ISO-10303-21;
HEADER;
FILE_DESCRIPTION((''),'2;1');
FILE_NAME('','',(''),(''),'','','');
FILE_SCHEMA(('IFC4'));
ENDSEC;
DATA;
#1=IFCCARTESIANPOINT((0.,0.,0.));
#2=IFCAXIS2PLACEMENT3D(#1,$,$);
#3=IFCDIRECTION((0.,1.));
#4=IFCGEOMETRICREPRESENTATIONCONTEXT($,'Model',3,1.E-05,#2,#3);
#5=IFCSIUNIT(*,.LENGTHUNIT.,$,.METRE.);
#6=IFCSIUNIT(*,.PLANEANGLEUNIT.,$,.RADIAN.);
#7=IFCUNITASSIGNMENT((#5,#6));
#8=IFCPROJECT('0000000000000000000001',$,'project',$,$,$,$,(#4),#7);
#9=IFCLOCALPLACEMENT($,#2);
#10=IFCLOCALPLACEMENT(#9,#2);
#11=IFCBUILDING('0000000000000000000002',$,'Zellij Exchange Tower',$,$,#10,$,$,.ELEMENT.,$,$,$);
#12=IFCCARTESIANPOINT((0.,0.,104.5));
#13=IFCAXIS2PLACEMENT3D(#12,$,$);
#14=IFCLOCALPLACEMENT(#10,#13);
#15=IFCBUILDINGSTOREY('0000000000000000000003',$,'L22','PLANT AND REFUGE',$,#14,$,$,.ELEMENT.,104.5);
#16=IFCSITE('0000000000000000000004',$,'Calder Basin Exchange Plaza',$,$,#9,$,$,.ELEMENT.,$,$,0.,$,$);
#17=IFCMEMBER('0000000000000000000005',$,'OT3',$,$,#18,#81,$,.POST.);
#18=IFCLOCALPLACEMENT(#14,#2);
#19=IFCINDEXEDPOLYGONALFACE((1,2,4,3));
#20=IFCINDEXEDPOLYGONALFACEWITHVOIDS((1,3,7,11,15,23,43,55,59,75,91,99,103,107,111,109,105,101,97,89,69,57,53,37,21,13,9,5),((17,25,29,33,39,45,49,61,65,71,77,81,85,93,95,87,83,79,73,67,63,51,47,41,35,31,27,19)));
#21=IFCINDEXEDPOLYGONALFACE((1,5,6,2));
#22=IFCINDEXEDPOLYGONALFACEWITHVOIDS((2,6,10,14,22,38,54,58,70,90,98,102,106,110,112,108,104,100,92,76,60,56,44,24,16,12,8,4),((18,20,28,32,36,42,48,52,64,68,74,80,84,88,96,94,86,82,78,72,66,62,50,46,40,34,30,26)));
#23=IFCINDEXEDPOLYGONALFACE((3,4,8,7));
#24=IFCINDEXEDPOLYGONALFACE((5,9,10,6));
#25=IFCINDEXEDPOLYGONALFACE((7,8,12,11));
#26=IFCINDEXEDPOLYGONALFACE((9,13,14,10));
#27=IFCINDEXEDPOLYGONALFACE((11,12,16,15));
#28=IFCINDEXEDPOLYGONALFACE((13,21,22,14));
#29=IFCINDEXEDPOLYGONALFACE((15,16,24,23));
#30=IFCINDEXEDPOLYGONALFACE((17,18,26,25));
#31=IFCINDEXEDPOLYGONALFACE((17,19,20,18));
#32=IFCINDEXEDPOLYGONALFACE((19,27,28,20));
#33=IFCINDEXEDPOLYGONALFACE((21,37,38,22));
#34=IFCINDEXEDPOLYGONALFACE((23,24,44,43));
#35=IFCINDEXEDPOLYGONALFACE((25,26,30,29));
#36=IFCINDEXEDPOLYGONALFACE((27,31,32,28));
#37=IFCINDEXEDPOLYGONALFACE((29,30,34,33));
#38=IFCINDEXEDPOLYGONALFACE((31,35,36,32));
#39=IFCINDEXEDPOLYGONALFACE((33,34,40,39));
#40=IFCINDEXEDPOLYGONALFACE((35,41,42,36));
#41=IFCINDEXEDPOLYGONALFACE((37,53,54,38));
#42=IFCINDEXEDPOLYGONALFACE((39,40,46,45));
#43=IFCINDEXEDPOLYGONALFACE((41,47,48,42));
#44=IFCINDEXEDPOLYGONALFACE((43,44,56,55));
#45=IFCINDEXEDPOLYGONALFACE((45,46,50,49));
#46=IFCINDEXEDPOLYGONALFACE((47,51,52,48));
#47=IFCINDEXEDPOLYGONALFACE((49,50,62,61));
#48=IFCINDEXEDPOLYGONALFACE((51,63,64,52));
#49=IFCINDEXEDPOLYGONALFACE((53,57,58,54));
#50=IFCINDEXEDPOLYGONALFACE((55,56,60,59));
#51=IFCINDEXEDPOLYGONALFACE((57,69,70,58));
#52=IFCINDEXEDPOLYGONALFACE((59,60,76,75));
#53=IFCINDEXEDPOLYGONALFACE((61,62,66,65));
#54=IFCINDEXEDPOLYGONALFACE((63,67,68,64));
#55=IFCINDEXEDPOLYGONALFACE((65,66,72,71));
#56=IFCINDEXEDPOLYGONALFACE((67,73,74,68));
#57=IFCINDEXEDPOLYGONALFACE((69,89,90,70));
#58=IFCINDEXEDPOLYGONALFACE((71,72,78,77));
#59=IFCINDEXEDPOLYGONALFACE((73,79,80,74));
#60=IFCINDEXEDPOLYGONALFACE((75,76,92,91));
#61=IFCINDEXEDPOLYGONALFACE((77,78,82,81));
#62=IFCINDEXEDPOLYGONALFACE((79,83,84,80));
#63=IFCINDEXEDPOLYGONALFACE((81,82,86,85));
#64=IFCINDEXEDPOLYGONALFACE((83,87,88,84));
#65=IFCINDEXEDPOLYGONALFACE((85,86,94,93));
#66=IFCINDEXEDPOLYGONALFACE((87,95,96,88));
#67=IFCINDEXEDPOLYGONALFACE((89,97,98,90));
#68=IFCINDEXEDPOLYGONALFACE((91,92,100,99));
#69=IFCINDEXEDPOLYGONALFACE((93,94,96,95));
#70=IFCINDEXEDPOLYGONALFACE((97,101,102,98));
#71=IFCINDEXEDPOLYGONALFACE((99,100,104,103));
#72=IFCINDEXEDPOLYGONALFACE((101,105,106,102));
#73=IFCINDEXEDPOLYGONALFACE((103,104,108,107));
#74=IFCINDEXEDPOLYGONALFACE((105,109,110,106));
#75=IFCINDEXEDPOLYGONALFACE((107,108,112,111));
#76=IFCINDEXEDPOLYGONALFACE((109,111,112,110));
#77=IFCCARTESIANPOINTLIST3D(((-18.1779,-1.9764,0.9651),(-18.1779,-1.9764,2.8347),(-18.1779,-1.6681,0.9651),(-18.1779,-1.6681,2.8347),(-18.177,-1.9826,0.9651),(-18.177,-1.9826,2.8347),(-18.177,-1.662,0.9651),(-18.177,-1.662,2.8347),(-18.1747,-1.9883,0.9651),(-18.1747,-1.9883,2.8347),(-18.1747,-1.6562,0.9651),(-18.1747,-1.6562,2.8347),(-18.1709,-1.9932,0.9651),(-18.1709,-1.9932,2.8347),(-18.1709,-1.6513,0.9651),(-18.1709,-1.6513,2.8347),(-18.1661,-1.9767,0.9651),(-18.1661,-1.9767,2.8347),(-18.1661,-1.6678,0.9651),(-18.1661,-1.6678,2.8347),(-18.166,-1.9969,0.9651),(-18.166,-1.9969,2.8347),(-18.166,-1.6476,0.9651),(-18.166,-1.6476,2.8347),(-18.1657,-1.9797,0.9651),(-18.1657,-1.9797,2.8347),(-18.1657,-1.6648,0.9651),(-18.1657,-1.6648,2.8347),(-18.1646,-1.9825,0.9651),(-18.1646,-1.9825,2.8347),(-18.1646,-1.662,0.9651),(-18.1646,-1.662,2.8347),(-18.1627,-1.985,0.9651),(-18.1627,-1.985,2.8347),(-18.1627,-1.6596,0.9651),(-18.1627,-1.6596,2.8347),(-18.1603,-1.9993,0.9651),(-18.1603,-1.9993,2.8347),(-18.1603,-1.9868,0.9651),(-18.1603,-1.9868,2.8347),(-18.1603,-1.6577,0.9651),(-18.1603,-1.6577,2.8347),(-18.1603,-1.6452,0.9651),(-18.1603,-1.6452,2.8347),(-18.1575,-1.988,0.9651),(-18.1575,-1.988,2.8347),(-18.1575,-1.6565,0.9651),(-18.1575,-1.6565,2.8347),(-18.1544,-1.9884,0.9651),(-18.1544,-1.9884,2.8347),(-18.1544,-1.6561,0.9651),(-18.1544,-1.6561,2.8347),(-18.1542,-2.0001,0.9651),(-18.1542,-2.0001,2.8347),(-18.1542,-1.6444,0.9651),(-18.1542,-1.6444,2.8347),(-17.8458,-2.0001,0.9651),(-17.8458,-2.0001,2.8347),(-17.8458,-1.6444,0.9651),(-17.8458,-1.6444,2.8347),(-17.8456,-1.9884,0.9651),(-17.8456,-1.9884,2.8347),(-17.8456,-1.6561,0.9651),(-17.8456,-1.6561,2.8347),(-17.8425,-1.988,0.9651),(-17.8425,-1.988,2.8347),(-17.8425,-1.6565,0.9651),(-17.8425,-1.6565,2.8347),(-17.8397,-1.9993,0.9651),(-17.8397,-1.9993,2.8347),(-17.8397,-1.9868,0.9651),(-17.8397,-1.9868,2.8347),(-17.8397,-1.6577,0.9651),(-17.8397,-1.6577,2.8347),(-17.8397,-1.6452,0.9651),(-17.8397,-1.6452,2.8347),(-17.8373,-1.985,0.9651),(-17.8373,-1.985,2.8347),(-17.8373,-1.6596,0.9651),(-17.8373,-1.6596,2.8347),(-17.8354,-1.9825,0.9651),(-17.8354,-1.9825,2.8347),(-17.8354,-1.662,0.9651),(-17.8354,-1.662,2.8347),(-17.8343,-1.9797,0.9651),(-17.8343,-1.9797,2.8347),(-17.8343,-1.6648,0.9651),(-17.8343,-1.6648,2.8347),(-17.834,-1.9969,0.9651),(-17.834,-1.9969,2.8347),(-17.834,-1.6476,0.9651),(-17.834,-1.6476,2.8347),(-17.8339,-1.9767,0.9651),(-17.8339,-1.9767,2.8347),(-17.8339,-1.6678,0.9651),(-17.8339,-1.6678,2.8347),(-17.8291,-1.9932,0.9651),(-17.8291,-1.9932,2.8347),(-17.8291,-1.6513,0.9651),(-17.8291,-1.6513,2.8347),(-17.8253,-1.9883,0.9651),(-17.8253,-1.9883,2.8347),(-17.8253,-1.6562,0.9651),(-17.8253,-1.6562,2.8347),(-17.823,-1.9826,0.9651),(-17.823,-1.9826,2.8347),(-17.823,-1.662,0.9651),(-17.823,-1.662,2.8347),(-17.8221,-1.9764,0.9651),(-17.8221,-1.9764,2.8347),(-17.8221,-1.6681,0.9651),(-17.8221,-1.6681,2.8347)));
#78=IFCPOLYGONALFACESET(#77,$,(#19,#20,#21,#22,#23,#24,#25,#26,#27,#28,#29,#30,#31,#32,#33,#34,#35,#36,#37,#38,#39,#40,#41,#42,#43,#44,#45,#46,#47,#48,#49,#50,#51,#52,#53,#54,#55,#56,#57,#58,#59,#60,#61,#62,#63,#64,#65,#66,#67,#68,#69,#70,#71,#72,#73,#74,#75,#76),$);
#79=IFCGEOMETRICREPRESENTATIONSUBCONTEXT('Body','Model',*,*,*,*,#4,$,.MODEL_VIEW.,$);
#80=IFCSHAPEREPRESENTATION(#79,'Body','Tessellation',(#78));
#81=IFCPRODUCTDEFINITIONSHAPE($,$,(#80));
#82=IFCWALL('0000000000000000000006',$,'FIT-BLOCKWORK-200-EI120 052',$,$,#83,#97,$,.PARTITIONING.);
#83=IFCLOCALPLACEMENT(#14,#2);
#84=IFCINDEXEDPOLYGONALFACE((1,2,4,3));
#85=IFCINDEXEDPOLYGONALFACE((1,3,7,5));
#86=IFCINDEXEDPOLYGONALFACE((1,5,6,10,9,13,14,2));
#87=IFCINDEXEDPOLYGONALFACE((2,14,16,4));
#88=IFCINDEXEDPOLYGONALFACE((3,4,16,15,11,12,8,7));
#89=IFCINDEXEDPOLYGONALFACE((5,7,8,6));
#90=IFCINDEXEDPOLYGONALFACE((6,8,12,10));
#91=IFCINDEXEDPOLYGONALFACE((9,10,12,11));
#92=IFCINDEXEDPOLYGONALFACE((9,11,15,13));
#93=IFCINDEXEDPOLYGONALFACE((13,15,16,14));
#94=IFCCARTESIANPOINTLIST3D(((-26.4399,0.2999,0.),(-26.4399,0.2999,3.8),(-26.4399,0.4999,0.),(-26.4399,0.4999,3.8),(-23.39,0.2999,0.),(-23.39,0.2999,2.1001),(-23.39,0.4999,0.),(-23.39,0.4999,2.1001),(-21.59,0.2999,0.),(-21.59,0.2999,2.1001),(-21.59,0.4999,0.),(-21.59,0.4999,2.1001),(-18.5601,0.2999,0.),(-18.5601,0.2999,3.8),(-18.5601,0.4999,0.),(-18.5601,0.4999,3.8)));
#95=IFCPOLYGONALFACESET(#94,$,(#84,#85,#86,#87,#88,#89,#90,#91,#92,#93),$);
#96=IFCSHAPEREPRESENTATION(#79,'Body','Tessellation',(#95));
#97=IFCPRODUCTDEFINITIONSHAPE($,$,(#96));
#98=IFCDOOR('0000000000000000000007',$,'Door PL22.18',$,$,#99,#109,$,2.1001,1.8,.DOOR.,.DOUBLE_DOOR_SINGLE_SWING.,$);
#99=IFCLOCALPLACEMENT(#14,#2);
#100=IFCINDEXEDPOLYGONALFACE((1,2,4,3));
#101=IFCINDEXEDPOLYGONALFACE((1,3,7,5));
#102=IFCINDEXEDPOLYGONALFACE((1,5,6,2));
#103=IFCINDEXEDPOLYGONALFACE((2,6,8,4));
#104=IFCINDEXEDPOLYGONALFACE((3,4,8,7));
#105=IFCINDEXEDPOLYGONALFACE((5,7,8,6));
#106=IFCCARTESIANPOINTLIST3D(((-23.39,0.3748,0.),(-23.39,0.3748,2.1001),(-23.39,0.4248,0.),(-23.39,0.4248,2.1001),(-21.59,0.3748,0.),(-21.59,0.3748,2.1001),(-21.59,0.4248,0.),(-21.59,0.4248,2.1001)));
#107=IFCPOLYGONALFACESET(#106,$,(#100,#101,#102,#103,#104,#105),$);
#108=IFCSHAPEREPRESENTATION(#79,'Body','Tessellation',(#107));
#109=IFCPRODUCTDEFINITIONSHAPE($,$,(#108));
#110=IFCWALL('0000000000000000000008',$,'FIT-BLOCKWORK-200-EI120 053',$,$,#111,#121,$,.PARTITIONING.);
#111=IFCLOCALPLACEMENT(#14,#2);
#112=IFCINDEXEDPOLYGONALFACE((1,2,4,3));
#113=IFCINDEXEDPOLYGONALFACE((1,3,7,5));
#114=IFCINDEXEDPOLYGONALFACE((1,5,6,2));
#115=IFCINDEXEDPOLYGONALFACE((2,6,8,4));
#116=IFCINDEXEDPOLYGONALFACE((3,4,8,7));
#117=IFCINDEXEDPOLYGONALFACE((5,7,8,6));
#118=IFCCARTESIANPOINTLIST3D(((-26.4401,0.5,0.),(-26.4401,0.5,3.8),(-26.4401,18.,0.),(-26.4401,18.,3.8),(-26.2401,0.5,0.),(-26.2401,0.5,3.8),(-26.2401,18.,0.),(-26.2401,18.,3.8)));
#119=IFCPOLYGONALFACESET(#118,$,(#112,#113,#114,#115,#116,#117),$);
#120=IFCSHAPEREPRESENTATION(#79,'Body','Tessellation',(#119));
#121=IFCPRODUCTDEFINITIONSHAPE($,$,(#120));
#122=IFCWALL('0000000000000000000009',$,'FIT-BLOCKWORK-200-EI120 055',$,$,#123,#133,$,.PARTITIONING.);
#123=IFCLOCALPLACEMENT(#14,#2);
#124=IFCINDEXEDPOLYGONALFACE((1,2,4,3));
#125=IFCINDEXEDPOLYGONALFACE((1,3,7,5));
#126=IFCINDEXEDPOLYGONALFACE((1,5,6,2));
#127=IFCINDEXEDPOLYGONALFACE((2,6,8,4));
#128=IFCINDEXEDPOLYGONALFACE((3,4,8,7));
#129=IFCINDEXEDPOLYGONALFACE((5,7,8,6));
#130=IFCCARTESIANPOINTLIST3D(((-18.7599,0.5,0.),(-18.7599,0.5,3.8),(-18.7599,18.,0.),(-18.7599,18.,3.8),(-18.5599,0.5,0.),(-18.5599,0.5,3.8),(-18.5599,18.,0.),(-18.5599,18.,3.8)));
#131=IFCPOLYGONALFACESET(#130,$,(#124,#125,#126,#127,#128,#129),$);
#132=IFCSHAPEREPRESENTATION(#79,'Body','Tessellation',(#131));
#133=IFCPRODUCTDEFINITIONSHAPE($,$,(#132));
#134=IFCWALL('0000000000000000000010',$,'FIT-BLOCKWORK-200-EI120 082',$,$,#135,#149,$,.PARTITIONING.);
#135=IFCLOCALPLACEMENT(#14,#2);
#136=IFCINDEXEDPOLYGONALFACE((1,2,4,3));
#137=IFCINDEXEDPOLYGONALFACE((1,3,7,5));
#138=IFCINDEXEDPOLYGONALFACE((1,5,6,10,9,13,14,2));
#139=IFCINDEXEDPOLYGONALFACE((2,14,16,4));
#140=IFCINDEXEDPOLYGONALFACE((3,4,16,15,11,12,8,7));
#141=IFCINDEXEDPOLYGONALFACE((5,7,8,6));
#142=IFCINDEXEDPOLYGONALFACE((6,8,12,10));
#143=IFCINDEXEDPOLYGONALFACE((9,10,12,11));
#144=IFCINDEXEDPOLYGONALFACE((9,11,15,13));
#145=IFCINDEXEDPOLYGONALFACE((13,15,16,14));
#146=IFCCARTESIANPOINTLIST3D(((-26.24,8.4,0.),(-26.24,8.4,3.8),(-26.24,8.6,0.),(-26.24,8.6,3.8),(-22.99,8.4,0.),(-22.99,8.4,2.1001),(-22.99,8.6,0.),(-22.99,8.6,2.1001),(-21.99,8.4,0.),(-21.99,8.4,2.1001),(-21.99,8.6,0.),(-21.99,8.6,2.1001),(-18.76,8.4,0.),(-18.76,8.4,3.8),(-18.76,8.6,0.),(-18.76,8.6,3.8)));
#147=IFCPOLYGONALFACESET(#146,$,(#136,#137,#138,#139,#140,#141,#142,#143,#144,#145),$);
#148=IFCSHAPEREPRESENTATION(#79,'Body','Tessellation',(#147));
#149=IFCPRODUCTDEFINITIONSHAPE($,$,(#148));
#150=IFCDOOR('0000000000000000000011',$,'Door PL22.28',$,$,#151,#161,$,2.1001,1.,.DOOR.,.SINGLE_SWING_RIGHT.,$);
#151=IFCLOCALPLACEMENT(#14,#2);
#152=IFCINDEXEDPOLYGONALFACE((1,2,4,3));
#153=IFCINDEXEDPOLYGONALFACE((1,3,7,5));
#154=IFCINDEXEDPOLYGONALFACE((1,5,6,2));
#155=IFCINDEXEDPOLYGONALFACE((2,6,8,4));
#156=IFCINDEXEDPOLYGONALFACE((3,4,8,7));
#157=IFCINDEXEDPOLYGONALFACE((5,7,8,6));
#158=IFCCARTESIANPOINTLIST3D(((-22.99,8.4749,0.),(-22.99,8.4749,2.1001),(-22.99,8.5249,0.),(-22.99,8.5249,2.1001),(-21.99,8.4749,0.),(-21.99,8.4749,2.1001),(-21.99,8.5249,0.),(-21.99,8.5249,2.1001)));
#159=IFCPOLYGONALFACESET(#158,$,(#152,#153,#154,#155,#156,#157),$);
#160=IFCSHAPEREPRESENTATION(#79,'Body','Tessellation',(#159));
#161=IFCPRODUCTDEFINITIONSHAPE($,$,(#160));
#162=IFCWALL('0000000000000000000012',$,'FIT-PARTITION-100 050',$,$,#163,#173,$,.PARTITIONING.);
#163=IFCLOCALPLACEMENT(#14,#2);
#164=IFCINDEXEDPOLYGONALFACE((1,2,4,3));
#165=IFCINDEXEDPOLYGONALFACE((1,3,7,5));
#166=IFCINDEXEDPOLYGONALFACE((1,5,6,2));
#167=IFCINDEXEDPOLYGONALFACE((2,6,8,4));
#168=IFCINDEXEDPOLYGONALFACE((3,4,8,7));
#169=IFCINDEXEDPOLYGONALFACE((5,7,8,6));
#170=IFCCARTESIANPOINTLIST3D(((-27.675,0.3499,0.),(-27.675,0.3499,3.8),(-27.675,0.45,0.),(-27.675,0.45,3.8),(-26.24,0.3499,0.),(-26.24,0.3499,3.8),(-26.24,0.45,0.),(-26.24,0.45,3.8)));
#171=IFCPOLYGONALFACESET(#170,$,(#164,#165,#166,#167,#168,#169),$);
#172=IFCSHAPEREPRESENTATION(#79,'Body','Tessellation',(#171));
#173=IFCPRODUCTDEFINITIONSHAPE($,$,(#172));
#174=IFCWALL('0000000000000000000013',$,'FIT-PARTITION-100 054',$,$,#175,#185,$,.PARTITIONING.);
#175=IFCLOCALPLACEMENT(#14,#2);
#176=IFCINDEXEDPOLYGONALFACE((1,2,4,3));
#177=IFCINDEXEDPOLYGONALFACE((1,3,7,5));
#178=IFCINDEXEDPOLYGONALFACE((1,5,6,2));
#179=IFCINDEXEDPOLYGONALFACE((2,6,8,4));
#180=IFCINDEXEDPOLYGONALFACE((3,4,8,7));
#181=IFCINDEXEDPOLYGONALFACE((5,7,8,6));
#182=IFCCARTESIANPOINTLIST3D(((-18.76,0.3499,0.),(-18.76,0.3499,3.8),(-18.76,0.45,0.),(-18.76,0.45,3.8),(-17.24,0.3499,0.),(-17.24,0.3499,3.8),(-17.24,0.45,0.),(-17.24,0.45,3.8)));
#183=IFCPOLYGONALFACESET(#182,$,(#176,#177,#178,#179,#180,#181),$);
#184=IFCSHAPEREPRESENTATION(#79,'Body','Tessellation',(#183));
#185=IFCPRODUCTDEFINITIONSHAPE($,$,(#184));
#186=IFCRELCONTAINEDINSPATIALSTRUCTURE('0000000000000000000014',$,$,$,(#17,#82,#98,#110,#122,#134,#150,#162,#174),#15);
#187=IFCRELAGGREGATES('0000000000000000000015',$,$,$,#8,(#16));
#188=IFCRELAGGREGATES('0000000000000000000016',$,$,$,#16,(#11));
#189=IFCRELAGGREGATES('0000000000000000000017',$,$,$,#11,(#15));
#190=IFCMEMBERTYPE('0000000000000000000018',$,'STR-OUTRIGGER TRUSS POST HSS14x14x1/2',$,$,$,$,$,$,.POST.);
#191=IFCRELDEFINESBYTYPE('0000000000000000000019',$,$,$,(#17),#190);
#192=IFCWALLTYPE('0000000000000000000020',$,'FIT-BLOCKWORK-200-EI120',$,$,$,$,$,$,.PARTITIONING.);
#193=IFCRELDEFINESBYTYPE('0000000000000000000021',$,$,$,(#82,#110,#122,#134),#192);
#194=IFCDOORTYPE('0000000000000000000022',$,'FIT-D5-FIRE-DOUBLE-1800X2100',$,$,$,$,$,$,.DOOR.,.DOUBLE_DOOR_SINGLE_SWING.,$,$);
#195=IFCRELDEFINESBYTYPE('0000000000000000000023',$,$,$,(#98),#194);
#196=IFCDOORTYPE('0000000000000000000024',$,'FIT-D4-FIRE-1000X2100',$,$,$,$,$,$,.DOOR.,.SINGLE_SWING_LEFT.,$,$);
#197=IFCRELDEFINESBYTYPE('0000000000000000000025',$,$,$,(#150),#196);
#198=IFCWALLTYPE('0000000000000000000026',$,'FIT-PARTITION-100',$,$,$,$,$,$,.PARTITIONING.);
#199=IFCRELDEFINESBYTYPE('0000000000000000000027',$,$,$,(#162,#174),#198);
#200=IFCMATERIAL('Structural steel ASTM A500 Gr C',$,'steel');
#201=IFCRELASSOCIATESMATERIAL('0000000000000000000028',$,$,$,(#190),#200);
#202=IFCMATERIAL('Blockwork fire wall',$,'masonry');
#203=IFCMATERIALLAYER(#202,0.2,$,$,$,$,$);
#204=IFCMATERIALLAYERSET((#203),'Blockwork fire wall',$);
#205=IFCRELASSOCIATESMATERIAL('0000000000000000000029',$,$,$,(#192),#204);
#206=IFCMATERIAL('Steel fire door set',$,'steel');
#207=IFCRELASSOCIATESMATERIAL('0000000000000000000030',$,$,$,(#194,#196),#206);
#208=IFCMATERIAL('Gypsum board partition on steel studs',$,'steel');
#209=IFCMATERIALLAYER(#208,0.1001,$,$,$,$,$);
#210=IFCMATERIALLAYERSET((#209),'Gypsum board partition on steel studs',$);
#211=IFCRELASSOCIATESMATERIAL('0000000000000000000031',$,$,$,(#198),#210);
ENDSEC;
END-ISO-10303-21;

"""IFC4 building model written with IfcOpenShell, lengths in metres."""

from ifc_helpers import new_model, si_unit, direction, frame, frame_2d, origin, origin_2d, place, context, subcontext, project, spatial, rectangle, hollow_rectangle, extrude, material, layer, layer_set, material_profile, profile_set, type_object, element, fill, save


model = new_model("IFC4")

# Units and contexts
model_context = context("Model", 3, precision=1e-05, world=origin(), true_north=direction((0.0, 1.0)))
body_context = subcontext(model_context, "Body", "Model", "MODEL_VIEW")
ifc_project = project(units=[si_unit("LENGTHUNIT", "METRE"), si_unit("PLANEANGLEUNIT", "RADIAN")], contexts=[model_context])

# Site, building, storey
site_placement = place(None, origin())
site = spatial("IfcSite", under=ifc_project, at=site_placement, Name="Calder Basin Exchange Plaza", CompositionType="ELEMENT", RefElevation=0.0)
building_placement = place(site_placement, origin())
building = spatial("IfcBuilding", under=site, at=building_placement, Name="Zellij Exchange Tower", CompositionType="ELEMENT")
storey_placement = place(building_placement, frame((0.0, 0.0, 104.5)))
storey = spatial("IfcBuildingStorey", under=building, at=storey_placement, Name="L22", Description="PLANT AND REFUGE", CompositionType="ELEMENT", Elevation=104.5)

# Member
ifc_material_1 = material(Name="Structural steel ASTM A500 Gr C", Category="steel")
ifc_material_profile_1 = material_profile(ifc_material_1, hollow_rectangle(XDim=0.3557, YDim=0.3557, WallThickness=0.0117, InnerFilletRadius=0.0117, OuterFilletRadius=0.0237, at=origin_2d()), Name="STR-OUTRIGGER TRUSS POST HSS14x14x1/2")
ifc_profile_set_1 = profile_set([ifc_material_profile_1], Name="Structural steel ASTM A500 Gr C")
member_type_1 = type_object("IfcMemberType", Name="STR-OUTRIGGER TRUSS POST HSS14x14x1/2", PredefinedType="POST", material=ifc_profile_set_1)
for number, where, z_axis, x_axis, name in (
    (1, (-18.0, -1.8223, 0.9651), (0.0, 0.0, 1.0), (1.0, 0.0, 0.0), "OT3"),
):
    element("IfcMember", number, at=place(storey_placement, frame(where, z_axis=z_axis, x_axis=x_axis)), inside=storey, type_object=member_type_1, Name=name, PredefinedType="POST", context=body_context, shape_type="SweptSolid", body=[
        extrude(hollow_rectangle(XDim=0.3557, YDim=0.3557, WallThickness=0.0117, InnerFilletRadius=0.0117, OuterFilletRadius=0.0237, at=origin_2d()), origin(), (0.0, 0.0, 1.0), 1.8696),
    ])

# Wall, opening, door
ifc_material_2 = material(Name="Blockwork fire wall", Category="masonry")
ifc_layer_1 = layer(ifc_material_2, 0.2)
ifc_layer_set_1 = layer_set([ifc_layer_1], Name="Blockwork fire wall")
wall_type_1 = type_object("IfcWallType", Name="FIT-BLOCKWORK-200-EI120", PredefinedType="PARTITIONING", material=ifc_layer_set_1)
wall_1_placement = place(storey_placement, frame((-26.4399, 0.3999, 0.0), z_axis=(0.0, 0.0, 1.0), x_axis=(1.0, 0.0, 0.0)))
wall_1 = element("IfcWall", 2, at=wall_1_placement, inside=storey, type_object=wall_type_1, Name="FIT-BLOCKWORK-200-EI120 052", PredefinedType="PARTITIONING", context=body_context, shape_type="SweptSolid", body=[
    extrude(rectangle(XDim=7.8799, YDim=0.2, at=frame_2d((3.9399, 0.0))), origin(), (0.0, 0.0, 1.0), 3.8),
])
opening_1_placement = place(wall_1_placement, frame((3.05, 0.0, 0.0)))
opening_1 = element("IfcOpeningElement", 3, at=opening_1_placement, cuts=wall_1, PredefinedType="OPENING", context=body_context, shape_type="SweptSolid", body=[
    extrude(rectangle(XDim=1.8, YDim=2.1001, at=frame_2d((0.8999, 1.05))), frame((0.0, 0.1118, 0.0), z_axis=(0.0, -1.0, 0.0), x_axis=(1.0, 0.0, 0.0)), (0.0, 0.0, 1.0), 0.2239),
])
ifc_material_3 = material(Name="Steel fire door set", Category="steel")
door_type_1 = type_object("IfcDoorType", Name="FIT-D5-FIRE-DOUBLE-1800X2100", OperationType="DOUBLE_DOOR_SINGLE_SWING", PredefinedType="DOOR", material=ifc_material_3)
door_1_placement = place(opening_1_placement, origin())
door_1 = element("IfcDoor", 4, at=door_1_placement, inside=storey, type_object=door_type_1, Name="Door PL22.18", OperationType="DOUBLE_DOOR_SINGLE_SWING", OverallHeight=2.1001, OverallWidth=1.8, PredefinedType="DOOR", context=body_context, shape_type="SweptSolid", body=[
    extrude(rectangle(XDim=1.8, YDim=2.1001, at=frame_2d((0.8999, 1.05))), frame((0.0, 0.0249, 0.0), z_axis=(0.0, -1.0, 0.0), x_axis=(1.0, 0.0, 0.0)), (0.0, 0.0, 1.0), 0.05),
])
fill(opening_1, door_1)

# Walls
for number, where, z_axis, x_axis, name in (
    (5, (-26.3401, 0.5, 0.0), (0.0, 0.0, 1.0), (0.0, 1.0, 0.0), "FIT-BLOCKWORK-200-EI120 053"),
    (6, (-18.6599, 0.5, 0.0), (0.0, 0.0, 1.0), (0.0, 1.0, 0.0), "FIT-BLOCKWORK-200-EI120 055"),
):
    element("IfcWall", number, at=place(storey_placement, frame(where, z_axis=z_axis, x_axis=x_axis)), inside=storey, type_object=wall_type_1, Name=name, PredefinedType="PARTITIONING", context=body_context, shape_type="SweptSolid", body=[
        extrude(rectangle(XDim=17.5, YDim=0.2, at=frame_2d((8.75, 0.0))), origin(), (0.0, 0.0, 1.0), 3.8),
    ])

# Wall, opening, door
wall_2_placement = place(storey_placement, frame((-26.24, 8.5, 0.0), z_axis=(0.0, 0.0, 1.0), x_axis=(1.0, 0.0, 0.0)))
wall_2 = element("IfcWall", 7, at=wall_2_placement, inside=storey, type_object=wall_type_1, Name="FIT-BLOCKWORK-200-EI120 082", PredefinedType="PARTITIONING", context=body_context, shape_type="SweptSolid", body=[
    extrude(rectangle(XDim=7.48, YDim=0.2, at=frame_2d((3.74, 0.0))), origin(), (0.0, 0.0, 1.0), 3.8),
])
opening_2_placement = place(wall_2_placement, frame((3.25, 0.0, 0.0)))
opening_2 = element("IfcOpeningElement", 8, at=opening_2_placement, cuts=wall_2, PredefinedType="OPENING", context=body_context, shape_type="SweptSolid", body=[
    extrude(rectangle(XDim=1.0, YDim=2.1001, at=frame_2d((0.5, 1.05))), frame((0.0, 0.1118, 0.0), z_axis=(0.0, -1.0, 0.0), x_axis=(1.0, 0.0, 0.0)), (0.0, 0.0, 1.0), 0.2239),
])
door_type_2 = type_object("IfcDoorType", Name="FIT-D4-FIRE-1000X2100", OperationType="SINGLE_SWING_LEFT", PredefinedType="DOOR", material=ifc_material_3)
door_2_placement = place(opening_2_placement, origin())
door_2 = element("IfcDoor", 9, at=door_2_placement, inside=storey, type_object=door_type_2, Name="Door PL22.28", OperationType="SINGLE_SWING_RIGHT", OverallHeight=2.1001, OverallWidth=1.0, PredefinedType="DOOR", context=body_context, shape_type="SweptSolid", body=[
    extrude(rectangle(XDim=1.0, YDim=2.1001, at=frame_2d((0.5, 1.05))), frame((0.0, 0.0249, 0.0), z_axis=(0.0, -1.0, 0.0), x_axis=(1.0, 0.0, 0.0)), (0.0, 0.0, 1.0), 0.05),
])
fill(opening_2, door_2)

# Walls
ifc_material_4 = material(Name="Gypsum board partition on steel studs", Category="steel")
ifc_layer_2 = layer(ifc_material_4, 0.1001)
ifc_layer_set_2 = layer_set([ifc_layer_2], Name="Gypsum board partition on steel studs")
wall_type_2 = type_object("IfcWallType", Name="FIT-PARTITION-100", PredefinedType="PARTITIONING", material=ifc_layer_set_2)
wall_3_placement = place(storey_placement, frame((-27.675, 0.3999, 0.0), z_axis=(0.0, 0.0, 1.0), x_axis=(1.0, 0.0, 0.0)))
element("IfcWall", 10, at=wall_3_placement, inside=storey, type_object=wall_type_2, Name="FIT-PARTITION-100 050", PredefinedType="PARTITIONING", context=body_context, shape_type="SweptSolid", body=[
    extrude(rectangle(XDim=1.4351, YDim=0.1001, at=frame_2d((0.7175, 0.0))), origin(), (0.0, 0.0, 1.0), 3.8),
])
wall_4_placement = place(storey_placement, frame((-18.76, 0.3999, 0.0), z_axis=(0.0, 0.0, 1.0), x_axis=(1.0, 0.0, 0.0)))
element("IfcWall", 11, at=wall_4_placement, inside=storey, type_object=wall_type_2, Name="FIT-PARTITION-100 054", PredefinedType="PARTITIONING", context=body_context, shape_type="SweptSolid", body=[
    extrude(rectangle(XDim=1.52, YDim=0.1001, at=frame_2d((0.76, 0.0))), origin(), (0.0, 0.0, 1.0), 3.8),
])

save(model, "model.ifc")
